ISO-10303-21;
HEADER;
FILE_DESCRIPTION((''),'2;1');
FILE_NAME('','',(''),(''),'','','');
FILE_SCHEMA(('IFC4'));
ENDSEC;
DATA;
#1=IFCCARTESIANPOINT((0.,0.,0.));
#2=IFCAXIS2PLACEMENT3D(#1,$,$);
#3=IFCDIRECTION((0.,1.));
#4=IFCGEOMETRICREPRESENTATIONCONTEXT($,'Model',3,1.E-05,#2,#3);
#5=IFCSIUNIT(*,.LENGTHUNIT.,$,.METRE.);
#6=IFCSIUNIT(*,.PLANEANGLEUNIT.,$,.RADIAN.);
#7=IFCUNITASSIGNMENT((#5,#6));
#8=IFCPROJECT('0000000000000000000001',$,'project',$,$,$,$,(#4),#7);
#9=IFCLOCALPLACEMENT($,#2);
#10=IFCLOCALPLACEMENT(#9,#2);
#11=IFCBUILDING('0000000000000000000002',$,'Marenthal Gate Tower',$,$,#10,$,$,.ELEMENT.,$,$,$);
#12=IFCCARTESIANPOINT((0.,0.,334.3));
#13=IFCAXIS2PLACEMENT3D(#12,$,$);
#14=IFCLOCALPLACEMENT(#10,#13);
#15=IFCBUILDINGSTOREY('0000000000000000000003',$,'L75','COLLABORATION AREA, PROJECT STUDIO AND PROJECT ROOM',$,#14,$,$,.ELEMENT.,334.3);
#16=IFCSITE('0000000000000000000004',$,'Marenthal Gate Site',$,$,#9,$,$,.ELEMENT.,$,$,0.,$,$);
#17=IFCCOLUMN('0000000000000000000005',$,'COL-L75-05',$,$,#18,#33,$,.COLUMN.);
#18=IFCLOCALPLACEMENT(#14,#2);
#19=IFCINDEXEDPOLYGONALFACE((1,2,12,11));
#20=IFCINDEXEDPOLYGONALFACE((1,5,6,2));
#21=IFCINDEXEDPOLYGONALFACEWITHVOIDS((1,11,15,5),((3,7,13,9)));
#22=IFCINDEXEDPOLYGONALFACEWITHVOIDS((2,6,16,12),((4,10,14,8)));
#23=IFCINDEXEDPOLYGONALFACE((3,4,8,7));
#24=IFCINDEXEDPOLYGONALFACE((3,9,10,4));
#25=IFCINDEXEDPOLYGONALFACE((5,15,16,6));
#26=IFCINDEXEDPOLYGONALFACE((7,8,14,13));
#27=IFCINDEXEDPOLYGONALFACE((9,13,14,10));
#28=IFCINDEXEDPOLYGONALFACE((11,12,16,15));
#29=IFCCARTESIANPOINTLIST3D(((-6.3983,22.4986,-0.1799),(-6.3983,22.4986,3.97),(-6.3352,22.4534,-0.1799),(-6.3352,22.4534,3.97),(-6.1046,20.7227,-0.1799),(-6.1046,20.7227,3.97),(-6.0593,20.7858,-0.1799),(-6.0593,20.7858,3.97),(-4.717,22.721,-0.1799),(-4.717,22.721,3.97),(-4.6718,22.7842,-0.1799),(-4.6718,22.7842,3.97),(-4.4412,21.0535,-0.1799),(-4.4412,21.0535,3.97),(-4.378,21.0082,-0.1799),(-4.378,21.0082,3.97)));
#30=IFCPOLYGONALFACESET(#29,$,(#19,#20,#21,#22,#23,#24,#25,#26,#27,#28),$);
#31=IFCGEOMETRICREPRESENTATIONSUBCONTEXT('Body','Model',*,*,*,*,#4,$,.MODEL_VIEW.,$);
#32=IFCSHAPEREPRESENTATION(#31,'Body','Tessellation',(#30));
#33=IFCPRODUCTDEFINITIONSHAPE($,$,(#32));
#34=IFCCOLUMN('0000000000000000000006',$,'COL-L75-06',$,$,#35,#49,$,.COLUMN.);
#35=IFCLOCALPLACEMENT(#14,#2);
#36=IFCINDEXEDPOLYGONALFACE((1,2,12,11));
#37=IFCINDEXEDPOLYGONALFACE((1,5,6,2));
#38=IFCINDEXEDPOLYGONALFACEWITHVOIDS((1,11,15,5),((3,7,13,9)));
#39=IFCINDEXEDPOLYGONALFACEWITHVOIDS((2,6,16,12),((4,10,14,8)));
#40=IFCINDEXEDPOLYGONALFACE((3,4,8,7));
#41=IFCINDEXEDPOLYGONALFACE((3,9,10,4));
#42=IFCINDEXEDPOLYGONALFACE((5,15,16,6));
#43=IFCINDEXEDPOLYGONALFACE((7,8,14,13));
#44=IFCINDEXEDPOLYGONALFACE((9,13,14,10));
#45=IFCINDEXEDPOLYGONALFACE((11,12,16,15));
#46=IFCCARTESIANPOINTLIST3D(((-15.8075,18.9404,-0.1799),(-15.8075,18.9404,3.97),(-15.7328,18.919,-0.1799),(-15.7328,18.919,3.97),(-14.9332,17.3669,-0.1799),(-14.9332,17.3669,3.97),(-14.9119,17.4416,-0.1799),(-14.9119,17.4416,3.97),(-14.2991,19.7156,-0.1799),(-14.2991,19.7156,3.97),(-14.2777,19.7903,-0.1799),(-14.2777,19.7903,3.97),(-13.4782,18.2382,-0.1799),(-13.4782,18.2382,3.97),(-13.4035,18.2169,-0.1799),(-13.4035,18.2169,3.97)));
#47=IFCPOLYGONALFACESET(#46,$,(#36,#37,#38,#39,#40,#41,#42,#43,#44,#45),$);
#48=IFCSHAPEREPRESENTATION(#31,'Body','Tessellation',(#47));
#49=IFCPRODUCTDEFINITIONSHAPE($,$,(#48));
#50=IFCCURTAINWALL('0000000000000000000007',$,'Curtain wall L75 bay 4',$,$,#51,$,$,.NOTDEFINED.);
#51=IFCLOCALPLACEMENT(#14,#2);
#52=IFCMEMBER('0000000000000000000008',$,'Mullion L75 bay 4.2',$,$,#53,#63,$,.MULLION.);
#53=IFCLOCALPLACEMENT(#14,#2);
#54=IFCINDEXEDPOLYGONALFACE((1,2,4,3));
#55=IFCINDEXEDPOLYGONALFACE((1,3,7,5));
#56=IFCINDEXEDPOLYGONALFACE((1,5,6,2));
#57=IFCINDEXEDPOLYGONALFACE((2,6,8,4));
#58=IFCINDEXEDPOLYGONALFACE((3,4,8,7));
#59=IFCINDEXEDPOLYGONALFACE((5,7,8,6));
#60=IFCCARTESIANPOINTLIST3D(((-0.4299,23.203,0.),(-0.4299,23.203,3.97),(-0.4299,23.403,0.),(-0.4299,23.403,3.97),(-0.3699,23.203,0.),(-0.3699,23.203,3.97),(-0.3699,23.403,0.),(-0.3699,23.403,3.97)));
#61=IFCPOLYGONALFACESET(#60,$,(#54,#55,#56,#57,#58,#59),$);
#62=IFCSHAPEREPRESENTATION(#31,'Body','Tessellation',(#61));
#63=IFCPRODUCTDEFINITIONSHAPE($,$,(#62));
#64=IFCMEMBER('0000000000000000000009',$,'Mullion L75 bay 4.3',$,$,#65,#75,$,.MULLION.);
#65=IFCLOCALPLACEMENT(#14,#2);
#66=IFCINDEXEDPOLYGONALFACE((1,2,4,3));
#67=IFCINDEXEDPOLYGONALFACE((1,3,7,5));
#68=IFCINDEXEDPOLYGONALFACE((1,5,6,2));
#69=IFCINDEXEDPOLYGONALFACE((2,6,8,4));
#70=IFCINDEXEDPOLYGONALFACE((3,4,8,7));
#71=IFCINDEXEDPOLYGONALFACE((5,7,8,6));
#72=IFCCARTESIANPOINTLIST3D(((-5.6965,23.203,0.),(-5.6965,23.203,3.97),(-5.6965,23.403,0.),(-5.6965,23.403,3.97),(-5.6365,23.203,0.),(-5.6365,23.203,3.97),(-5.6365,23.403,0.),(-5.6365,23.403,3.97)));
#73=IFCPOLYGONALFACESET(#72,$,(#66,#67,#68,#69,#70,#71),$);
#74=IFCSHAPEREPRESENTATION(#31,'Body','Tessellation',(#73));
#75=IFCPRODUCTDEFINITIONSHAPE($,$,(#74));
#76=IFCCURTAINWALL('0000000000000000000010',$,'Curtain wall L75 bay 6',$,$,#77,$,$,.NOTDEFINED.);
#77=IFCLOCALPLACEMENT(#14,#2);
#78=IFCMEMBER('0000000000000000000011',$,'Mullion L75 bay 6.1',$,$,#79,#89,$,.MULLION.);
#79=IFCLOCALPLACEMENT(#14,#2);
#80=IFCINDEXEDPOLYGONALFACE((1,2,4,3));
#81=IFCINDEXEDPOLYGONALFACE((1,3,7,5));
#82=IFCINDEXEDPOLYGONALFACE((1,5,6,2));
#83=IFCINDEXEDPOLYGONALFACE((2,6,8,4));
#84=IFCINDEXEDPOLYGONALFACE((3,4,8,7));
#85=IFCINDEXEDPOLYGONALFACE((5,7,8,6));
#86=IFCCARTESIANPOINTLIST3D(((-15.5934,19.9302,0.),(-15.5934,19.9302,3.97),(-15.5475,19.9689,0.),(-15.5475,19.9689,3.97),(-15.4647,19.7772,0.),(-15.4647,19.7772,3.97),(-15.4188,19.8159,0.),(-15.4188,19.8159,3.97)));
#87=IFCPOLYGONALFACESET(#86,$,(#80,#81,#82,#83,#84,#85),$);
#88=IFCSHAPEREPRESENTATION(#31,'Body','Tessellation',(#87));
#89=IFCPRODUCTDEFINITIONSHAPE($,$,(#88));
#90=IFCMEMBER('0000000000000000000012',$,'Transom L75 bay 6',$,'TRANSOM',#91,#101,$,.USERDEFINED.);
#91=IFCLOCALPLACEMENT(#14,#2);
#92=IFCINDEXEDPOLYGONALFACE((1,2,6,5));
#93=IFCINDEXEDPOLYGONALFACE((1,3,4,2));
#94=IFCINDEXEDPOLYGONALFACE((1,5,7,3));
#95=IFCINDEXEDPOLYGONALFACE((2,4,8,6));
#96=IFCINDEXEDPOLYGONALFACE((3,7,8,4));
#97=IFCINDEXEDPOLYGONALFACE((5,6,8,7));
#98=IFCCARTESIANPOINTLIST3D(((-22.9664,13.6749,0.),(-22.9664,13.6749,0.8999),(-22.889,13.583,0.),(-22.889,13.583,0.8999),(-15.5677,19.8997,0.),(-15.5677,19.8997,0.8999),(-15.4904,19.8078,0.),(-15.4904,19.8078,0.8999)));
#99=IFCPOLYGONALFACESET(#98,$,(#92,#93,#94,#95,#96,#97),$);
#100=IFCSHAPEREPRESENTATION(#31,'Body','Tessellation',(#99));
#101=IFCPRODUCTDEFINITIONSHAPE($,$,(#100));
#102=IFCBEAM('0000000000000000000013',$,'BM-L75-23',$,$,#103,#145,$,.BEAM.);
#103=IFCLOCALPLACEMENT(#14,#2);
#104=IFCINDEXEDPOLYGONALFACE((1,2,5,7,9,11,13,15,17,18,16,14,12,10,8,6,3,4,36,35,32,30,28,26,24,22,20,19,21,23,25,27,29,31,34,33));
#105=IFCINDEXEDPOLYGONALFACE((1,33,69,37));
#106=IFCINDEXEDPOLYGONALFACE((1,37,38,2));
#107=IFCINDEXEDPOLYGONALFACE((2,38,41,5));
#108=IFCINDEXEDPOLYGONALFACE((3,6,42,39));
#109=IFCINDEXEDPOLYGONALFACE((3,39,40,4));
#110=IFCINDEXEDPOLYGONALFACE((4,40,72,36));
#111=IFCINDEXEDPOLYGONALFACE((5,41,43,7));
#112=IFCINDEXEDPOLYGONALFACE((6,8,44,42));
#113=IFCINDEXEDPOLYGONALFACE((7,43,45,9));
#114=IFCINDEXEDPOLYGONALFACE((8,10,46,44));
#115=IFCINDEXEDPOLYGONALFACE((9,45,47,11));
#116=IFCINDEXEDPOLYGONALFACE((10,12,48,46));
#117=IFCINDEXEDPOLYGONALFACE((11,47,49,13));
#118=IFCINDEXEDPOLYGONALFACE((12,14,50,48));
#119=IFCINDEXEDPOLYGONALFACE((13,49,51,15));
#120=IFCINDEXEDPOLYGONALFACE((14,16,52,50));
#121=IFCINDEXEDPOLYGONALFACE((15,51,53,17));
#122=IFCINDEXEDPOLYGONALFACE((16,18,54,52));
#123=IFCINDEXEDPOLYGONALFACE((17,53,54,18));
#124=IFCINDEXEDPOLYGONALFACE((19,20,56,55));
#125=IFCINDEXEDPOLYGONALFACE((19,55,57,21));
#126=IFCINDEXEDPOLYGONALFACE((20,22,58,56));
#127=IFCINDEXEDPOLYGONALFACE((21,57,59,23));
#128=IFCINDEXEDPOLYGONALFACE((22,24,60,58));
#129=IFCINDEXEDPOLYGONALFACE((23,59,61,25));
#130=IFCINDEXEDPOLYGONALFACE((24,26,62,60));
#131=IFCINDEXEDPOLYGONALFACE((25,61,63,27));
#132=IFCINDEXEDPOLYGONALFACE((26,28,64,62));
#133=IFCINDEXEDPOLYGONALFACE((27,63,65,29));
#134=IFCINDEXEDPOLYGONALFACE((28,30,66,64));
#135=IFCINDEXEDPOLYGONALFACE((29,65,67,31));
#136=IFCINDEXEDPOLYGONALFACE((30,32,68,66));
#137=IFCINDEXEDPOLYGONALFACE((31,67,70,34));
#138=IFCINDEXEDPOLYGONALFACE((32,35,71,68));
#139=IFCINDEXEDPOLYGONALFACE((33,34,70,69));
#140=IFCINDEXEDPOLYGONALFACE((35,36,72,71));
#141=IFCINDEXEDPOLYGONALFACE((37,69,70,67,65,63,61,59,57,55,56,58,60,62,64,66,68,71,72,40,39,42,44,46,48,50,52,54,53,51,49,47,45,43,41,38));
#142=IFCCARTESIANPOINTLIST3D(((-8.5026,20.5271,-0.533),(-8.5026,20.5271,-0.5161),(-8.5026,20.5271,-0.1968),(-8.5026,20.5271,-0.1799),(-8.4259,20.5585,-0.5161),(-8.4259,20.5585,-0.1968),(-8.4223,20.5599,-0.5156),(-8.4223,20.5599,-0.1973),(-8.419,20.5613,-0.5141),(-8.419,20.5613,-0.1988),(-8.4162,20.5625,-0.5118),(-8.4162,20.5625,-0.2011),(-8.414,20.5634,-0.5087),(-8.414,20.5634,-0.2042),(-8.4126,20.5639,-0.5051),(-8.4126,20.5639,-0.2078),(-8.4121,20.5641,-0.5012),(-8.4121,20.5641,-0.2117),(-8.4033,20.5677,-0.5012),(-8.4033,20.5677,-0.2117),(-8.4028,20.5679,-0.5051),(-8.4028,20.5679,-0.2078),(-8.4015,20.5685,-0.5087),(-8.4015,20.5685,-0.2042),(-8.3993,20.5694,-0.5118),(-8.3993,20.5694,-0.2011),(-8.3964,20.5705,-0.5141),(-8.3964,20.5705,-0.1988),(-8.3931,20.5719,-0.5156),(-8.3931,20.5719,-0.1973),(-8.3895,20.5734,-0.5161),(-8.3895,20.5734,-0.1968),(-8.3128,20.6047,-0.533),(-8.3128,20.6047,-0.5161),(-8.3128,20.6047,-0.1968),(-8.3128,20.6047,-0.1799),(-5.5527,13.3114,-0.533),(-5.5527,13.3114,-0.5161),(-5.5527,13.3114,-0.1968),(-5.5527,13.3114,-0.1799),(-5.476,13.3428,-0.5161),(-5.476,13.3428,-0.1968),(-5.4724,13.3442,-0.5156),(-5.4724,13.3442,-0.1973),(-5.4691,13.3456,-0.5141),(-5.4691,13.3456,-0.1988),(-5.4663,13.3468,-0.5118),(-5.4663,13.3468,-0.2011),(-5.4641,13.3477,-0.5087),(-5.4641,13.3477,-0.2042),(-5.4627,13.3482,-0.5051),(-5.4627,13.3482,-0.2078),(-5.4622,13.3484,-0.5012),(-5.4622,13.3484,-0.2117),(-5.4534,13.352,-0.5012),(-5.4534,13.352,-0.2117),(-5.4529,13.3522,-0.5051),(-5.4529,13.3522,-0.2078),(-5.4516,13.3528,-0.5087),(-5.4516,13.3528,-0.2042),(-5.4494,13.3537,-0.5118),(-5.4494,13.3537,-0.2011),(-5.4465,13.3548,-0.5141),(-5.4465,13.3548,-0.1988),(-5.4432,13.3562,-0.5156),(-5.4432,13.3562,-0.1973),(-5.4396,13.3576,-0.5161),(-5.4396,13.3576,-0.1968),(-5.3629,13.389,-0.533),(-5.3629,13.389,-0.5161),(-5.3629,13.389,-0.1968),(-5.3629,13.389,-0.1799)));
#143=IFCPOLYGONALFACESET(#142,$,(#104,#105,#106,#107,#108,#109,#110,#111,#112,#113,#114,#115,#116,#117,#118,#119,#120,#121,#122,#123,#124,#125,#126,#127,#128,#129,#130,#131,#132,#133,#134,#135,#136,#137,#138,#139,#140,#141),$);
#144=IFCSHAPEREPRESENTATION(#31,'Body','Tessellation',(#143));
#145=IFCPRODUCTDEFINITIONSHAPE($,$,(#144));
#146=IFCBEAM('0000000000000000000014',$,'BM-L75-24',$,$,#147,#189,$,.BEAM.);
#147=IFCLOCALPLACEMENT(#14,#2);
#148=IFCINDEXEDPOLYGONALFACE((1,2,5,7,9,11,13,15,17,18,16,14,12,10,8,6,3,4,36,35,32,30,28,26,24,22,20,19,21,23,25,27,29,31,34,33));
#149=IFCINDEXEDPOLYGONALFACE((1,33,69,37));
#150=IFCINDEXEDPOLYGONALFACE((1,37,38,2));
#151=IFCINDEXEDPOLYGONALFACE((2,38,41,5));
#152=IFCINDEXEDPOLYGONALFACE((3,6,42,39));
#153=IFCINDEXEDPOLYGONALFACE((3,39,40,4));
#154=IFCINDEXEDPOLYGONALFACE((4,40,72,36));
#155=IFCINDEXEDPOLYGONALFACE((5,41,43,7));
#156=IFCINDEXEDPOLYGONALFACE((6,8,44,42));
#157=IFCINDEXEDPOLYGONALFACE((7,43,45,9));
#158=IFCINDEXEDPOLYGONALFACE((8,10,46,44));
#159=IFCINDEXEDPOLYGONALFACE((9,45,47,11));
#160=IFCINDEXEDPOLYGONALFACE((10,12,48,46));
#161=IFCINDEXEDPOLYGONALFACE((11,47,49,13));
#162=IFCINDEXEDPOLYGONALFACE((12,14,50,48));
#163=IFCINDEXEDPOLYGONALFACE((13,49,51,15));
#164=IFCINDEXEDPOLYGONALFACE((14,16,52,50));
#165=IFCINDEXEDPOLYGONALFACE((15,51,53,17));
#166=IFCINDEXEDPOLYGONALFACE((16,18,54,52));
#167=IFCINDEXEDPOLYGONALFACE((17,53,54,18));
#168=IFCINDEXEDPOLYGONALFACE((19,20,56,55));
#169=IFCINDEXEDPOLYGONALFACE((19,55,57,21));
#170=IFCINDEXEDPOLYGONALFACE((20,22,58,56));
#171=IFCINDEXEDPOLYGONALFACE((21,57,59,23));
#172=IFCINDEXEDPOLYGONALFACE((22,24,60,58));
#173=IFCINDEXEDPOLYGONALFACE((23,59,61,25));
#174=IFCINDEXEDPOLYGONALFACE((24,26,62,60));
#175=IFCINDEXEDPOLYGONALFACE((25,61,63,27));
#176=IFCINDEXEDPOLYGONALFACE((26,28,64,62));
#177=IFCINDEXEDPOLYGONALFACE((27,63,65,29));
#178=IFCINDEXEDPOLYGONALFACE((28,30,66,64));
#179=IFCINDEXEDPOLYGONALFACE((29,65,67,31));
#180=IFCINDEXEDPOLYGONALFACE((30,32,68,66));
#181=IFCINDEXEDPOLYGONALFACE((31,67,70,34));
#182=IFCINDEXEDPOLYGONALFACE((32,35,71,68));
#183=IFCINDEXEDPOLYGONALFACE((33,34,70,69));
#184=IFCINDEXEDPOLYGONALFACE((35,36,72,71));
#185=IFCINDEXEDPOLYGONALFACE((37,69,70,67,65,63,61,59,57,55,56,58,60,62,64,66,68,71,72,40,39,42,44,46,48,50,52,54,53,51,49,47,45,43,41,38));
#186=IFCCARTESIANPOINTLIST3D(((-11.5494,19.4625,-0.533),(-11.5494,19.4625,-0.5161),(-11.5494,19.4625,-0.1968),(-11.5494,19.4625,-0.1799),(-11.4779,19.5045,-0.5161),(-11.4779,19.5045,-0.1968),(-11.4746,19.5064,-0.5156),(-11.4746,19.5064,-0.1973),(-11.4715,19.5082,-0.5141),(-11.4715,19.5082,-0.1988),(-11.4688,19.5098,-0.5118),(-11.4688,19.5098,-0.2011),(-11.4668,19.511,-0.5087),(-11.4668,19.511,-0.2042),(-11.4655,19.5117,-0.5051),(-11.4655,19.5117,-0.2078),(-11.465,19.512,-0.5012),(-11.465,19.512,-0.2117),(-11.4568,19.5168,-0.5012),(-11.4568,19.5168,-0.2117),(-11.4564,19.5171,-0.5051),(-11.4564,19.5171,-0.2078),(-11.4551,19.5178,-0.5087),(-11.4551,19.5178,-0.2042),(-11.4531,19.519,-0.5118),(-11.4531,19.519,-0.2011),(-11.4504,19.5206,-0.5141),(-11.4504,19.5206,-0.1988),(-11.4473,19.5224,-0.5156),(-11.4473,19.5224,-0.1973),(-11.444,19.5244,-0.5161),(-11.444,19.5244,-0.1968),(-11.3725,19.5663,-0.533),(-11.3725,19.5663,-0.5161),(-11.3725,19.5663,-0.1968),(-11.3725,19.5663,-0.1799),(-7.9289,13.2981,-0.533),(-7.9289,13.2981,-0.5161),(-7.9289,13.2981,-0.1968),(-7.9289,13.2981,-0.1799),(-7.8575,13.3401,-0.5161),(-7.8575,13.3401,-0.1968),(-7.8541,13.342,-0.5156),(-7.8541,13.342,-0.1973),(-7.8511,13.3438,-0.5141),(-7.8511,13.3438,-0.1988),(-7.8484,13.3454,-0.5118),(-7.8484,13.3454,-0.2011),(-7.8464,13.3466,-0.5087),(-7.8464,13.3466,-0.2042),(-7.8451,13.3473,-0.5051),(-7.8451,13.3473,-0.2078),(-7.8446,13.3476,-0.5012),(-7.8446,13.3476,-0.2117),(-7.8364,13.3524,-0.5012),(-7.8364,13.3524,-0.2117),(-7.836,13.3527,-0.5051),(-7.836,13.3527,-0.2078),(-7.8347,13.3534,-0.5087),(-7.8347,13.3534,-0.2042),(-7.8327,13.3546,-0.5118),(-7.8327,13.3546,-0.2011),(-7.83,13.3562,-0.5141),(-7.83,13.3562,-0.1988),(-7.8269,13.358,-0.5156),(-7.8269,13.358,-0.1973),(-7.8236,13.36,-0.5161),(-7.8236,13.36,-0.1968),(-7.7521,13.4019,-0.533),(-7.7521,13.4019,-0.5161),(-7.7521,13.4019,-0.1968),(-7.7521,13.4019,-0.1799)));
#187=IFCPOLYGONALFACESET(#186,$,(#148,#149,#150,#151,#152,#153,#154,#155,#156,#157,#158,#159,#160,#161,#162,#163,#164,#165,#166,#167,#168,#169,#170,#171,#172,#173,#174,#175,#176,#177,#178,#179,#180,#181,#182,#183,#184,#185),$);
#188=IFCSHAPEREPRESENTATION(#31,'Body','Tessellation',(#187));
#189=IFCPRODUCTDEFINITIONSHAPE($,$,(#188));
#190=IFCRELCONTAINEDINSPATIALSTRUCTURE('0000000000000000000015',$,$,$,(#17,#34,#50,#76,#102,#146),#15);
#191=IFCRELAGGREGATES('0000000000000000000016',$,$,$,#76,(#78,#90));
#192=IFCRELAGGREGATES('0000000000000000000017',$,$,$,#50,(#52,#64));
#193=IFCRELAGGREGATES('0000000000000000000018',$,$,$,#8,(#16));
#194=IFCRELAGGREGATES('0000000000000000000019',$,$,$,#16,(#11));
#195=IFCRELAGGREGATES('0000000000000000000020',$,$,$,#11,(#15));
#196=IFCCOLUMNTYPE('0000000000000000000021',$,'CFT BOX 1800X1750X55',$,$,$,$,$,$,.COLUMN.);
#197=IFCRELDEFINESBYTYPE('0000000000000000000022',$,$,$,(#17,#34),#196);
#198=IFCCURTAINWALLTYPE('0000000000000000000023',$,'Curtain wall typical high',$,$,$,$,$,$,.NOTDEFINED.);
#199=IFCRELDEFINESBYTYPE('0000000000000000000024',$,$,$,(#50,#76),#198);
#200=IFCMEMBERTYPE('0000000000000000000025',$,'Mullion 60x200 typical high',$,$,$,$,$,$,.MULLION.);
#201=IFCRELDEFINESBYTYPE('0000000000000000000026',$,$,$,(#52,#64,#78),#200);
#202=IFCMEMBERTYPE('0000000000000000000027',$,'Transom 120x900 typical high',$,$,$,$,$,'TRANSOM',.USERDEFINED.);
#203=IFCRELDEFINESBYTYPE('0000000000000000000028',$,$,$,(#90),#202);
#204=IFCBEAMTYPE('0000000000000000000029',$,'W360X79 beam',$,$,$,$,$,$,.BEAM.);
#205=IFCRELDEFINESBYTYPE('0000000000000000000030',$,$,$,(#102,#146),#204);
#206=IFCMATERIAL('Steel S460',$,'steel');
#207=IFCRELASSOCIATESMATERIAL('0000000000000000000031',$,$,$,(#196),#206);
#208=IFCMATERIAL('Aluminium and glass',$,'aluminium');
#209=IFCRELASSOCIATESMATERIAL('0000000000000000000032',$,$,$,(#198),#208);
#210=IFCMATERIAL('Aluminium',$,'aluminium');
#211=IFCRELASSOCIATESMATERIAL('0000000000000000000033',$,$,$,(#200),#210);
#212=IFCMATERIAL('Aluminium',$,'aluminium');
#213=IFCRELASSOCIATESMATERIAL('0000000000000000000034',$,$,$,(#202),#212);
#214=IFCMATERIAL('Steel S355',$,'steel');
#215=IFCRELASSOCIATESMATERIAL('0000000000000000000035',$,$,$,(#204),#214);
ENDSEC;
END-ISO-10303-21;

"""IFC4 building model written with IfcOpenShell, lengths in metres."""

from ifc_helpers import new_model, si_unit, direction, frame, origin, origin_2d, place, context, subcontext, project, spatial, rectangle, hollow_rectangle, i_section, extrude, material, material_profile, profile_set, type_object, element, aggregate, save


model = new_model("IFC4")

# Units and contexts
model_context = context("Model", 3, precision=1e-05, world=origin(), true_north=direction((0.0, 1.0)))
body_context = subcontext(model_context, "Body", "Model", "MODEL_VIEW")
ifc_project = project(units=[si_unit("LENGTHUNIT", "METRE"), si_unit("PLANEANGLEUNIT", "RADIAN")], contexts=[model_context])

# Site, building, storey
site_placement = place(None, origin())
site = spatial("IfcSite", under=ifc_project, at=site_placement, Name="Marenthal Gate Site", CompositionType="ELEMENT", RefElevation=0.0)
building_placement = place(site_placement, origin())
building = spatial("IfcBuilding", under=site, at=building_placement, Name="Marenthal Gate Tower", CompositionType="ELEMENT")
storey_placement = place(building_placement, frame((0.0, 0.0, 334.3)))
storey = spatial("IfcBuildingStorey", under=building, at=storey_placement, Name="L75", Description="COLLABORATION AREA, PROJECT STUDIO AND PROJECT ROOM", CompositionType="ELEMENT", Elevation=334.3)

# Columns
ifc_material_1 = material(Name="Steel S460", Category="steel")
ifc_material_profile_1 = material_profile(ifc_material_1, hollow_rectangle(XDim=1.75, YDim=1.8, WallThickness=0.0549, at=origin_2d()), Name="CFT BOX 1800X1750X55")
ifc_material_2 = material(Name="Concrete 70 MPa", Category="concrete")
ifc_material_profile_2 = material_profile(ifc_material_2, rectangle(XDim=1.6399, YDim=1.6899, at=origin_2d()), Name="CFT BOX 1800X1750X55 INFILL")
ifc_profile_set_1 = profile_set([ifc_material_profile_1, ifc_material_profile_2], Name="Steel S460 shell, Concrete 70 MPa infill")
column_type = type_object("IfcColumnType", Name="CFT BOX 1800X1750X55", PredefinedType="COLUMN", material=ifc_profile_set_1)
for number, where, z_axis, x_axis, name in (
    (1, (-5.3882, 21.7534, -0.1799), (0.0, 0.0, 1.0), (0.986595, 0.163188, 0.0), "COL-L75-05"),
    (2, (-14.6055, 18.5786, -0.1799), (0.0, 0.0, 1.0), (0.874131, 0.48569, 0.0), "COL-L75-06"),
):
    element("IfcColumn", number, at=place(storey_placement, frame(where, z_axis=z_axis, x_axis=x_axis)), inside=storey, type_object=column_type, Name=name, PredefinedType="COLUMN", context=body_context, shape_type="SweptSolid", body=[
        extrude(hollow_rectangle(XDim=1.75, YDim=1.8, WallThickness=0.0549, at=origin_2d()), origin(), (0.0, 0.0, 1.0), 4.1499),
    ])

# Curtain walls, members
ifc_material_3 = material(Name="Aluminium and glass", Category="aluminium")
curtain_wall_type = type_object("IfcCurtainWallType", Name="Curtain wall typical high", PredefinedType="NOTDEFINED", material=ifc_material_3)
curtain_wall_1_placement = place(storey_placement, origin())
curtain_wall_1 = element("IfcCurtainWall", 3, at=curtain_wall_1_placement, inside=storey, type_object=curtain_wall_type, Name="Curtain wall L75 bay 4", PredefinedType="NOTDEFINED")
ifc_material_4 = material(Name="Aluminium", Category="aluminium")
ifc_material_profile_3 = material_profile(ifc_material_4, rectangle(XDim=0.2, YDim=0.0601, at=origin_2d()), Name="60x200 aluminium mullion")
ifc_profile_set_2 = profile_set([ifc_material_profile_3], Name="Aluminium")
member_type_1 = type_object("IfcMemberType", Name="Mullion 60x200 typical high", PredefinedType="MULLION", material=ifc_profile_set_2)
member_1_placement = place(storey_placement, frame((-0.3999, 23.303, 0.0), z_axis=(0.0, 0.0, 1.0), x_axis=(0.0, -1.0, 0.0)))
member_1 = element("IfcMember", 4, at=member_1_placement, type_object=member_type_1, Name="Mullion L75 bay 4.2", PredefinedType="MULLION", context=body_context, shape_type="SweptSolid", body=[
    extrude(rectangle(XDim=0.2, YDim=0.0601, at=origin_2d()), origin(), (0.0, 0.0, 1.0), 3.97),
])
member_2_placement = place(storey_placement, frame((-5.6665, 23.303, 0.0), z_axis=(0.0, 0.0, 1.0), x_axis=(0.0, -1.0, 0.0)))
member_2 = element("IfcMember", 5, at=member_2_placement, type_object=member_type_1, Name="Mullion L75 bay 4.3", PredefinedType="MULLION", context=body_context, shape_type="SweptSolid", body=[
    extrude(rectangle(XDim=0.2, YDim=0.0601, at=origin_2d()), origin(), (0.0, 0.0, 1.0), 3.97),
])
curtain_wall_2_placement = place(storey_placement, origin())
curtain_wall_2 = element("IfcCurtainWall", 6, at=curtain_wall_2_placement, inside=storey, type_object=curtain_wall_type, Name="Curtain wall L75 bay 6", PredefinedType="NOTDEFINED")
member_3_placement = place(storey_placement, frame((-15.5061, 19.873, 0.0), z_axis=(0.0, 0.0, 1.0), x_axis=(0.643801, -0.765193, 0.0)))
member_3 = element("IfcMember", 7, at=member_3_placement, type_object=member_type_1, Name="Mullion L75 bay 6.1", PredefinedType="MULLION", context=body_context, shape_type="SweptSolid", body=[
    extrude(rectangle(XDim=0.2, YDim=0.0601, at=origin_2d()), origin(), (0.0, 0.0, 1.0), 3.97),
])
ifc_material_5 = material(Name="Aluminium", Category="aluminium")
ifc_material_profile_4 = material_profile(ifc_material_5, rectangle(XDim=0.1201, YDim=0.8999, at=origin_2d()), Name="120x900 aluminium transom")
ifc_profile_set_3 = profile_set([ifc_material_profile_4], Name="Aluminium")
member_type_2 = type_object("IfcMemberType", Name="Transom 120x900 typical high", ElementType="TRANSOM", PredefinedType="USERDEFINED", material=ifc_profile_set_3)
member_4_placement = place(storey_placement, frame((-15.5291, 19.8538, 0.45), z_axis=(-0.765197, -0.643796, 0.0), x_axis=(0.643796, -0.765197, 0.0)))
member_4 = element("IfcMember", 8, at=member_4_placement, type_object=member_type_2, Name="Transom L75 bay 6", ObjectType="TRANSOM", PredefinedType="USERDEFINED", context=body_context, shape_type="SweptSolid", body=[
    extrude(rectangle(XDim=0.1201, YDim=0.8999, at=origin_2d()), origin(), (0.0, 0.0, 1.0), 9.6689),
])
aggregate(curtain_wall_2, [member_3, member_4])

# Beams
ifc_material_6 = material(Name="Steel S355", Category="steel")
ifc_material_profile_5 = material_profile(ifc_material_6, i_section(OverallWidth=0.2051, OverallDepth=0.353, WebThickness=0.0095, FlangeThickness=0.0168, FilletRadius=0.0149, at=origin_2d()), Name="W360X79")
ifc_profile_set_4 = profile_set([ifc_material_profile_5], Name="Steel S355")
beam_type_1 = type_object("IfcBeamType", Name="W360X79 beam", PredefinedType="BEAM", material=ifc_profile_set_4)
beam_1_placement = place(storey_placement, frame((-8.4077, 20.5659, -0.3564), z_axis=(0.378416, -0.925636, 0.0), x_axis=(0.925636, 0.378416, 0.0)))
element("IfcBeam", 9, at=beam_1_placement, inside=storey, type_object=beam_type_1, Name="BM-L75-23", PredefinedType="BEAM", context=body_context, shape_type="SweptSolid", body=[
    extrude(i_section(OverallWidth=0.2051, OverallDepth=0.353, WebThickness=0.0095, FlangeThickness=0.0168, FilletRadius=0.0149, at=origin_2d()), origin(), (0.0, 0.0, 1.0), 7.7954),
])
beam_2_placement = place(storey_placement, frame((-11.4609, 19.5144, -0.3564), z_axis=(0.506427, -0.862283, 0.0), x_axis=(0.862283, 0.506427, 0.0)))
element("IfcBeam", 10, at=beam_2_placement, inside=storey, type_object=beam_type_1, Name="BM-L75-24", PredefinedType="BEAM", context=body_context, shape_type="SweptSolid", body=[
    extrude(i_section(OverallWidth=0.2051, OverallDepth=0.353, WebThickness=0.0095, FlangeThickness=0.0168, FilletRadius=0.0149, at=origin_2d()), origin(), (0.0, 0.0, 1.0), 7.1489),
])

aggregate(curtain_wall_1, [member_1, member_2])

save(model, "model.ifc")
